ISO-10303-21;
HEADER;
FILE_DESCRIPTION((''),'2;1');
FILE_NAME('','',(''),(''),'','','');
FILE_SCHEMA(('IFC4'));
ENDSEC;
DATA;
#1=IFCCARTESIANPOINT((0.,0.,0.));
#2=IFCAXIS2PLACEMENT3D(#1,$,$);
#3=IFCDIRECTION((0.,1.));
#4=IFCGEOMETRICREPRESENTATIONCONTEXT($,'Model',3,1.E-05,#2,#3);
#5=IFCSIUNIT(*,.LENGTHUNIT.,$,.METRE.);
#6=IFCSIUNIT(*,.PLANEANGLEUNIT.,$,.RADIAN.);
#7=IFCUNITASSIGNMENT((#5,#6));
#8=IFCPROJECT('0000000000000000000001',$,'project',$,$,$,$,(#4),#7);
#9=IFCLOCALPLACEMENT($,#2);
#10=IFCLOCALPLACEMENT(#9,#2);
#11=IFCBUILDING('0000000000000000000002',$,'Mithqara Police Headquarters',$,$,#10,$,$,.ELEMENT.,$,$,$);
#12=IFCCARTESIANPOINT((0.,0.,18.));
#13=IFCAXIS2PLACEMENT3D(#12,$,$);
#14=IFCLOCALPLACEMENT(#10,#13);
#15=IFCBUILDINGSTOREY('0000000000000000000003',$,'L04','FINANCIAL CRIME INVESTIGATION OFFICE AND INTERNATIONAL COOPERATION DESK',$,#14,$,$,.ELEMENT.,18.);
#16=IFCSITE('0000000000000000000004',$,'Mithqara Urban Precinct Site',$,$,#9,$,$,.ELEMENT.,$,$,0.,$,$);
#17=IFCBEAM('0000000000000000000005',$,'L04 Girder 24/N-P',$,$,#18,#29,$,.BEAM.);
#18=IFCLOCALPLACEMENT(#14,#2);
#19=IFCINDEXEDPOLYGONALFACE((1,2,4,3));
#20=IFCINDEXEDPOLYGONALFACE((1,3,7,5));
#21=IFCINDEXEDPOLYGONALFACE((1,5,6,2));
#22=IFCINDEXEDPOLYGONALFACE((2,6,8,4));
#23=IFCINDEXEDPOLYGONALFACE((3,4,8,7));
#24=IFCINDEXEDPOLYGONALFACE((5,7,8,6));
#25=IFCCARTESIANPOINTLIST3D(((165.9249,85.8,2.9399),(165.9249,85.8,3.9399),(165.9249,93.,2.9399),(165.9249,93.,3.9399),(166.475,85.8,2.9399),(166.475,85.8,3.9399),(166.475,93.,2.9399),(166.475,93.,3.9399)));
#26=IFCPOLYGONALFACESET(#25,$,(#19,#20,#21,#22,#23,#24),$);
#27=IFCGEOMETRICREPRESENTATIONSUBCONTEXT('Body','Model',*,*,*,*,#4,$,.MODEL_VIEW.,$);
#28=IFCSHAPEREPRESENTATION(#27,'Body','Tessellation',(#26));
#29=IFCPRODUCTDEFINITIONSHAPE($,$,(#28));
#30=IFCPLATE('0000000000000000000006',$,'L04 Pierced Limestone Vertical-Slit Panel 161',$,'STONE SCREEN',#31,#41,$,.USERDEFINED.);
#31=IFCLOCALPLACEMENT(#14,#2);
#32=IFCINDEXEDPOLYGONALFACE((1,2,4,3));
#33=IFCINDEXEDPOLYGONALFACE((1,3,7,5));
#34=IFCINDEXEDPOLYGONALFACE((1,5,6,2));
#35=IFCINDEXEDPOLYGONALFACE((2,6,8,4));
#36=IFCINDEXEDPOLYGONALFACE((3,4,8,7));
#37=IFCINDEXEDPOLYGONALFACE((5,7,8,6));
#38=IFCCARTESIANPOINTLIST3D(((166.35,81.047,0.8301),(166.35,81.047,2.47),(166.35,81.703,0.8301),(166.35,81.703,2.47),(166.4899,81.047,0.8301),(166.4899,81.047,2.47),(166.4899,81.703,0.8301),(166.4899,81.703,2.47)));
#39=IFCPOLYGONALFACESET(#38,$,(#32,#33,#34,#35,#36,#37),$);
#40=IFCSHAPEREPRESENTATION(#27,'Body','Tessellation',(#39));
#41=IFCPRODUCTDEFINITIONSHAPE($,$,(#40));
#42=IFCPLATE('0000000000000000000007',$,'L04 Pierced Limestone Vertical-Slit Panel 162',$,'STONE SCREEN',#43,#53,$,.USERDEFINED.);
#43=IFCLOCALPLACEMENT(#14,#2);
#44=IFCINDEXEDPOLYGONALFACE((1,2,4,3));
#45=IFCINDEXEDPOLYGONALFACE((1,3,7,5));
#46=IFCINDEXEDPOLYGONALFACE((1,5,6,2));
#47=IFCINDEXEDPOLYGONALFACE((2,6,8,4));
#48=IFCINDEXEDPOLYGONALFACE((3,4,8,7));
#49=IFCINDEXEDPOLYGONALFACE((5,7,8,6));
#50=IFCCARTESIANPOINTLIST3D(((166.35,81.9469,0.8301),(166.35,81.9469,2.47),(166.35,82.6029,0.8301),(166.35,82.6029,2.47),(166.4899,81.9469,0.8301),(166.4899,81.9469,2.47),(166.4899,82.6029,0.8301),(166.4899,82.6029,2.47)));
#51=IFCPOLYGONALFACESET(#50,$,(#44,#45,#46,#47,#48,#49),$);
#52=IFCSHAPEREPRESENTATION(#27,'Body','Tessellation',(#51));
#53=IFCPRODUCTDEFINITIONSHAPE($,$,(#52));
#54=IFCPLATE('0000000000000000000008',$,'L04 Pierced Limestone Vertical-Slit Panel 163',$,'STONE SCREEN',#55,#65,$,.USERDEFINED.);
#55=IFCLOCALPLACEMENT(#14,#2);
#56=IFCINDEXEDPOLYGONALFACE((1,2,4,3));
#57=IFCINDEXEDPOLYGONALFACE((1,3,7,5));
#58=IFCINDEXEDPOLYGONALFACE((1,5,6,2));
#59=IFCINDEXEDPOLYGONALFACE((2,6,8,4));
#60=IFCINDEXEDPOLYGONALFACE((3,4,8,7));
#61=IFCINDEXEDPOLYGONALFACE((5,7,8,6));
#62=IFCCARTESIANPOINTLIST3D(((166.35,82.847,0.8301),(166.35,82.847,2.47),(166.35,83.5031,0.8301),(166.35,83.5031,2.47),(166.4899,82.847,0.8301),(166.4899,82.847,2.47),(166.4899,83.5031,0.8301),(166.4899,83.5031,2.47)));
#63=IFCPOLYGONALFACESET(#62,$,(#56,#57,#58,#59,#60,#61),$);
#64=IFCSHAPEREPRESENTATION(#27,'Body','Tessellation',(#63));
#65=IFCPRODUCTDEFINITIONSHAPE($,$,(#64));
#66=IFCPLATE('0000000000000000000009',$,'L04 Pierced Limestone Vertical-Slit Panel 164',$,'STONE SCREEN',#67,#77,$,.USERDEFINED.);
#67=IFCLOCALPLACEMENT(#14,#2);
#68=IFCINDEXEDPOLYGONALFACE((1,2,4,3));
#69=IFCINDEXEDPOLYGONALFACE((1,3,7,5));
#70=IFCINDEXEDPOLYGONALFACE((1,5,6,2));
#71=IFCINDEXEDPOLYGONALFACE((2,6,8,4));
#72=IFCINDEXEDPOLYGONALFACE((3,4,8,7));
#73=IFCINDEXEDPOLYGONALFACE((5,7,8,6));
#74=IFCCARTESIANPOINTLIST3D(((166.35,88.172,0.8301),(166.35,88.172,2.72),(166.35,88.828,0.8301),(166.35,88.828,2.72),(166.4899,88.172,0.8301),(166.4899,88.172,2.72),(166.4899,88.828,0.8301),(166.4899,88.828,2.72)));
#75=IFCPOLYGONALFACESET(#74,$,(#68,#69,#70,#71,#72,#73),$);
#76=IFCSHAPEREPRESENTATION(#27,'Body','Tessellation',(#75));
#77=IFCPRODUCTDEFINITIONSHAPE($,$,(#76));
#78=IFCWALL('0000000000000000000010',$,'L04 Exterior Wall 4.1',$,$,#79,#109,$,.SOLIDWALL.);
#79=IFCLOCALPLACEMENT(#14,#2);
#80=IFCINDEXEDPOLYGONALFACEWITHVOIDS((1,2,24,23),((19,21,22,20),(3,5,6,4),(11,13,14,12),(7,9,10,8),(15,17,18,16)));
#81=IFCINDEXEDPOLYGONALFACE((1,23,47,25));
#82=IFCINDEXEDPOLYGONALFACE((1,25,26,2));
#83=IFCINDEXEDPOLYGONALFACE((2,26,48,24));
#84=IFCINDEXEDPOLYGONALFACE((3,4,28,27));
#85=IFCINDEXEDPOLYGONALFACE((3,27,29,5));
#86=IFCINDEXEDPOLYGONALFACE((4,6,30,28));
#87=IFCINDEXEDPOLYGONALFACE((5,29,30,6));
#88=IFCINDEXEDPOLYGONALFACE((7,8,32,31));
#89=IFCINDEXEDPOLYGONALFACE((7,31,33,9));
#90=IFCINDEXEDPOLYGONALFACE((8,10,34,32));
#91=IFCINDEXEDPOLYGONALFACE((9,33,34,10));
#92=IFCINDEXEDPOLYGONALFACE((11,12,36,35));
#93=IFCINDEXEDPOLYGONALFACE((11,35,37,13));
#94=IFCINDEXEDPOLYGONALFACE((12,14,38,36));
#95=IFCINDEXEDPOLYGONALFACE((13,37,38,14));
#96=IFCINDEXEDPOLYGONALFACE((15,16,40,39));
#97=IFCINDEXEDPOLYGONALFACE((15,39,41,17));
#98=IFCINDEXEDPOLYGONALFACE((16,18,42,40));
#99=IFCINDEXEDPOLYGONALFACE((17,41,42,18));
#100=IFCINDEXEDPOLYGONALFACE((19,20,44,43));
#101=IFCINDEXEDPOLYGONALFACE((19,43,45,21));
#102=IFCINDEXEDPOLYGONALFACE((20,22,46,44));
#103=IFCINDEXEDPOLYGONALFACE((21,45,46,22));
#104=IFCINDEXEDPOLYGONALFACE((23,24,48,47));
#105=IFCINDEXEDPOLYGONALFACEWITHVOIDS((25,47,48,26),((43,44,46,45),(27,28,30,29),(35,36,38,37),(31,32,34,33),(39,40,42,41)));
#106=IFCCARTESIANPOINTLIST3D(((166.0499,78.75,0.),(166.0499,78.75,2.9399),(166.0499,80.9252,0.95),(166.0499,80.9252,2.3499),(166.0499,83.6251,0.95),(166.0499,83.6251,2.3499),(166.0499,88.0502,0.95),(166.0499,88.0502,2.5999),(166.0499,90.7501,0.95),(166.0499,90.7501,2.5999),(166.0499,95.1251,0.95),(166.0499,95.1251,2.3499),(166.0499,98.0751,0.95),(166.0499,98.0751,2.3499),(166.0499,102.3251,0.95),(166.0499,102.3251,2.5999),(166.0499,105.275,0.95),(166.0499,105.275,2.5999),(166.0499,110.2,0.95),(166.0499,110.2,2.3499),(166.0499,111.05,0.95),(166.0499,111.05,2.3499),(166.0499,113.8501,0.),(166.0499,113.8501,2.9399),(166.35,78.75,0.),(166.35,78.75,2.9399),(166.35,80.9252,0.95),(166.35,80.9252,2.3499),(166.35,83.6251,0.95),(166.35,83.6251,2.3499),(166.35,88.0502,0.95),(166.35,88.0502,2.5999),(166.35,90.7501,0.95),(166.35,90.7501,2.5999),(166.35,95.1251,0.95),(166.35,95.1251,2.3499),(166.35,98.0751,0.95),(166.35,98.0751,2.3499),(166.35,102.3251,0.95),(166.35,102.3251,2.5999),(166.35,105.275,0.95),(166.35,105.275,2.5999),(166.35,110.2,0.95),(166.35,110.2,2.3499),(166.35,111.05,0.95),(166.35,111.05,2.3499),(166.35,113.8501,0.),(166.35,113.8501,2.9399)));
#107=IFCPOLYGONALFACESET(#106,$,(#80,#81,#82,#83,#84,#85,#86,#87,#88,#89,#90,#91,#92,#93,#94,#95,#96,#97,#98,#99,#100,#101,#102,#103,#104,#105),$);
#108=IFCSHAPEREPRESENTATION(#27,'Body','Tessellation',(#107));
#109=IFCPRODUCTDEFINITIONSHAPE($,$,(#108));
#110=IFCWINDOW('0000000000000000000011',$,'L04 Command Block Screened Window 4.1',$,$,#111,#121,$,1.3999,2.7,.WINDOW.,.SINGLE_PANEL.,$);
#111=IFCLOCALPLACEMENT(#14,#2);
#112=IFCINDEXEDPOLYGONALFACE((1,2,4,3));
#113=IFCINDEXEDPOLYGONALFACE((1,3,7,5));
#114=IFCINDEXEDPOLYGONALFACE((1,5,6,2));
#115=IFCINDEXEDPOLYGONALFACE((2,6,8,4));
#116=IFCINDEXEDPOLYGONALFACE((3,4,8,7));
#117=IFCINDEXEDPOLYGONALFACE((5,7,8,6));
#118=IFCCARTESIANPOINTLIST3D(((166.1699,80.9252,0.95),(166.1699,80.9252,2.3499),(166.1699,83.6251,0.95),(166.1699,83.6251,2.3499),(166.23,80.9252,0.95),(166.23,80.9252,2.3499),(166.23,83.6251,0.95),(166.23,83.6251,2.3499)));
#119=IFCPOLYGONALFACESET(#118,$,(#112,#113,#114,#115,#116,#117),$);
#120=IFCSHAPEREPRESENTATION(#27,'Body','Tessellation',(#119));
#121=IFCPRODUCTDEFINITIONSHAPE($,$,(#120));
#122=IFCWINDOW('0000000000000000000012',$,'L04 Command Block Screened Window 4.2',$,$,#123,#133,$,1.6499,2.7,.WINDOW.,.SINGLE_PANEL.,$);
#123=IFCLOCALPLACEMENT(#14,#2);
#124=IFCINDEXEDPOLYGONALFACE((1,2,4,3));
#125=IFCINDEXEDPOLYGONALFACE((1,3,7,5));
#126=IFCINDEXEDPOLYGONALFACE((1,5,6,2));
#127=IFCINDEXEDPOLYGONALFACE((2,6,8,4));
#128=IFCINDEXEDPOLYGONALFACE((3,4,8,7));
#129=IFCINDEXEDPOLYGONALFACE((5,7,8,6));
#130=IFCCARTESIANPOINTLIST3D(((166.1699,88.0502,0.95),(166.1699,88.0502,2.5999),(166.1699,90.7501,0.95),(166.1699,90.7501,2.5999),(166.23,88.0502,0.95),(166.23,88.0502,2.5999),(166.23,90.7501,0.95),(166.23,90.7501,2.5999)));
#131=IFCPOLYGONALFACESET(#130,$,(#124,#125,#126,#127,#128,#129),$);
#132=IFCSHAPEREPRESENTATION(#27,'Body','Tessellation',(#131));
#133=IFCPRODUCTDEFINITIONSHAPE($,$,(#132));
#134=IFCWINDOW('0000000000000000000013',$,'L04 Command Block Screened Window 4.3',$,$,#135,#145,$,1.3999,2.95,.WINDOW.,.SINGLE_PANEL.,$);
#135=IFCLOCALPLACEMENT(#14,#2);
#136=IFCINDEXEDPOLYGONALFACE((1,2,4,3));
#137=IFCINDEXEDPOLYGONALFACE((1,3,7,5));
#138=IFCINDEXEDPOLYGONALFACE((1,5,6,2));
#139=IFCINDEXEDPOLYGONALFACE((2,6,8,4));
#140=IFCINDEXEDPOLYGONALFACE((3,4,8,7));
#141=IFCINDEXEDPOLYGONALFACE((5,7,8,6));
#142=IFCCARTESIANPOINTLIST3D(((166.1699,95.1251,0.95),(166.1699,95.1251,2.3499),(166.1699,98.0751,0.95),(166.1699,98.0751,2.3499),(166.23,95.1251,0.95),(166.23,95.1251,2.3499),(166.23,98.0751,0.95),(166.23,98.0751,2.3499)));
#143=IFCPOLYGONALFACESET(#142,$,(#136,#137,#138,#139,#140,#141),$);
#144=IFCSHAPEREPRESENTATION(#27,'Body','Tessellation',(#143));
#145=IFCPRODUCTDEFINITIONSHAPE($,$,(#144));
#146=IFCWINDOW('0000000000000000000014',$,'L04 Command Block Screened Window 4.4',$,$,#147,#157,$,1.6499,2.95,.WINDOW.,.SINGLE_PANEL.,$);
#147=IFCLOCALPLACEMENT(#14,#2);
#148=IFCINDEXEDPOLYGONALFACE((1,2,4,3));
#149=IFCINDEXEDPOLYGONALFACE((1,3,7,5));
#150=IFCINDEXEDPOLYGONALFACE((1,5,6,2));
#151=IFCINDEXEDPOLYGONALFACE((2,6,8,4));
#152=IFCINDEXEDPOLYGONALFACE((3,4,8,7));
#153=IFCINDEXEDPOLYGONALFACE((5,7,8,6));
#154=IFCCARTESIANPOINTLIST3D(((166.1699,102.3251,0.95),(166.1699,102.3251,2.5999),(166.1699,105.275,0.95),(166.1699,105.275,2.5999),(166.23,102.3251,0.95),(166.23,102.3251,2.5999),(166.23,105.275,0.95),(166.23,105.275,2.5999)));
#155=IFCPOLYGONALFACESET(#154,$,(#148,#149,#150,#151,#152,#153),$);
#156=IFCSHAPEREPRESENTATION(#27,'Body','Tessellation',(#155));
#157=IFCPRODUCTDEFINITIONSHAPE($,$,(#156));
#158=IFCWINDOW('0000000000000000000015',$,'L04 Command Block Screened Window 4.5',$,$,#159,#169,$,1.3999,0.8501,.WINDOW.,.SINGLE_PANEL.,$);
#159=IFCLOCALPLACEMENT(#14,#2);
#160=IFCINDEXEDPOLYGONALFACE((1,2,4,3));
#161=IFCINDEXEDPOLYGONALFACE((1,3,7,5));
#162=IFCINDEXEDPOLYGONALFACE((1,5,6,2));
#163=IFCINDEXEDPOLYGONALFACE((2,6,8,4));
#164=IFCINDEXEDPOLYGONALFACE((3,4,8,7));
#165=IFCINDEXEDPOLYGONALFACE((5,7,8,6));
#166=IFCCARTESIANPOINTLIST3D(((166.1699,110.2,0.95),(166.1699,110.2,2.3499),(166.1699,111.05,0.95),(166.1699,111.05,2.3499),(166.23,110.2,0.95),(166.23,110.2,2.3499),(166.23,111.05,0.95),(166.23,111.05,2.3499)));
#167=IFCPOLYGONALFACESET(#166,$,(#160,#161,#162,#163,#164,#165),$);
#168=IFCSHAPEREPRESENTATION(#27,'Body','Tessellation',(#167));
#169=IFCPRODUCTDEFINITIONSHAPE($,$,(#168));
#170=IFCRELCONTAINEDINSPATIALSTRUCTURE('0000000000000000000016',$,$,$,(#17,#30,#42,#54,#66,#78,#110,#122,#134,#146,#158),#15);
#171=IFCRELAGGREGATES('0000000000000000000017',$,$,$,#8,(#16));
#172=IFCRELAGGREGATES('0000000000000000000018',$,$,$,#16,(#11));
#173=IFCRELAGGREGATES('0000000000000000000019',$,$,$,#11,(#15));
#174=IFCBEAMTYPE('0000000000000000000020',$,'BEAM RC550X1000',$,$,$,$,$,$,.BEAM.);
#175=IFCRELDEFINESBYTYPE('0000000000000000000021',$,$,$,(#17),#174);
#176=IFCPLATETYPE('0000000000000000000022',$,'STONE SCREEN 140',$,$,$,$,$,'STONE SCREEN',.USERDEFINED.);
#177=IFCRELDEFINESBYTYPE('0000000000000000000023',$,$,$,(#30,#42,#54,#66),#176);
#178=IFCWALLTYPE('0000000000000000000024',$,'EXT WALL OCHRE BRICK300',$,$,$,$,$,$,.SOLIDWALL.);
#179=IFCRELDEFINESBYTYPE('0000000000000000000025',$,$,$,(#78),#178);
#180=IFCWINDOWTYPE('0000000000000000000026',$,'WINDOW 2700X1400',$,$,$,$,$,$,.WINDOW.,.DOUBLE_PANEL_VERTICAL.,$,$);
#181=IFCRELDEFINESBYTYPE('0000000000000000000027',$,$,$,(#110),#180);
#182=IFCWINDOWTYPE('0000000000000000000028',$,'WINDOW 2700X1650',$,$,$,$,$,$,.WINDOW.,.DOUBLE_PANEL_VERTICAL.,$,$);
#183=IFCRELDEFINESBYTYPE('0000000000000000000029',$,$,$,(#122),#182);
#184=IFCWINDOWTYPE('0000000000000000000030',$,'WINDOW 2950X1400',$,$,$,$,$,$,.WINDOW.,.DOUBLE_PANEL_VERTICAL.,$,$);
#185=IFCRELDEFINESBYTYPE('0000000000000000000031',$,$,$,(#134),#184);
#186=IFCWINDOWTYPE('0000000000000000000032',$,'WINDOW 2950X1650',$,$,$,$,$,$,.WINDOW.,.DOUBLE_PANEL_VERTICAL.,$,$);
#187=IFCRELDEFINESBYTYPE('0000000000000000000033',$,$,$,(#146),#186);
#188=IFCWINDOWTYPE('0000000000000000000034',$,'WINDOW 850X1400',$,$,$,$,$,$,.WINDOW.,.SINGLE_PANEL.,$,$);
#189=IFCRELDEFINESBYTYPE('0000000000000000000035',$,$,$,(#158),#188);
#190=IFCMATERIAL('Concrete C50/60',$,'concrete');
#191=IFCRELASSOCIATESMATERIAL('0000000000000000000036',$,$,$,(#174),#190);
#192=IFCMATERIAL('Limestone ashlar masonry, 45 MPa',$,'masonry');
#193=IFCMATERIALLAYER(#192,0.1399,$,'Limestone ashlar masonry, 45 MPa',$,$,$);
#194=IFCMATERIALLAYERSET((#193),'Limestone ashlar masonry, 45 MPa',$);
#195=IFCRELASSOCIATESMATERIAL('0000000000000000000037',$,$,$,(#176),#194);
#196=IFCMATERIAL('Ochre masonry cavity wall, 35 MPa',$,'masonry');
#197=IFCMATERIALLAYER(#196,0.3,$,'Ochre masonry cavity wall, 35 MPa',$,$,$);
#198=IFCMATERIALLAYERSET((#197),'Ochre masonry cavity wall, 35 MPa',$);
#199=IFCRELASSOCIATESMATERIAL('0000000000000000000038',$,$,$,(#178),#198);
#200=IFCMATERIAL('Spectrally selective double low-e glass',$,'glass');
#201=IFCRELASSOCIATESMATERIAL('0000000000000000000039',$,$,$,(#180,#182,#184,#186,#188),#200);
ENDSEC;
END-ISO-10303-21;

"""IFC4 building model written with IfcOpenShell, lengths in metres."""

from ifc_helpers import new_model, si_unit, direction, frame, frame_2d, origin, origin_2d, place, context, subcontext, project, spatial, rectangle, extrude, material, layer, layer_set, material_profile, profile_set, type_object, element, fill, save


model = new_model("IFC4")

# Units and contexts
model_context = context("Model", 3, precision=1e-05, world=origin(), true_north=direction((0.0, 1.0)))
body_context = subcontext(model_context, "Body", "Model", "MODEL_VIEW")
ifc_project = project(units=[si_unit("LENGTHUNIT", "METRE"), si_unit("PLANEANGLEUNIT", "RADIAN")], contexts=[model_context])

# Site, building, storey
site_placement = place(None, origin())
site = spatial("IfcSite", under=ifc_project, at=site_placement, Name="Mithqara Urban Precinct Site", CompositionType="ELEMENT", RefElevation=0.0)
building_placement = place(site_placement, origin())
building = spatial("IfcBuilding", under=site, at=building_placement, Name="Mithqara Police Headquarters", CompositionType="ELEMENT")
storey_placement = place(building_placement, frame((0.0, 0.0, 18.0)))
storey = spatial("IfcBuildingStorey", under=building, at=storey_placement, Name="L04", Description="FINANCIAL CRIME INVESTIGATION OFFICE AND INTERNATIONAL COOPERATION DESK", CompositionType="ELEMENT", Elevation=18.0)

# Shared definitions
ifc_material_1 = material(Name="Concrete C50/60", Category="concrete")

# Beam
ifc_material_profile_1 = material_profile(ifc_material_1, rectangle(XDim=0.55, YDim=1.0, at=origin_2d()), Name="RC 550x1000")
ifc_profile_set_1 = profile_set([ifc_material_profile_1], Name="Concrete C50/60")
beam_type_1 = type_object("IfcBeamType", Name="BEAM RC550X1000", PredefinedType="BEAM", material=ifc_profile_set_1)
beam_1_placement = place(storey_placement, frame((166.2, 85.8, 3.4399), z_axis=(0.0, 1.0, 0.0), x_axis=(-1.0, 0.0, 0.0)))
element("IfcBeam", 1, at=beam_1_placement, inside=storey, type_object=beam_type_1, Name="L04 Girder 24/N-P", PredefinedType="BEAM", context=body_context, shape_type="SweptSolid", body=[
    extrude(rectangle(XDim=0.55, YDim=1.0, at=origin_2d()), origin(), (0.0, 0.0, 1.0), 7.2),
])

# Plates
ifc_material_2 = material(Name="Limestone ashlar masonry, 45 MPa", Category="masonry")
ifc_layer_1 = layer(ifc_material_2, 0.1399, Name="Limestone ashlar masonry, 45 MPa")
ifc_layer_set_1 = layer_set([ifc_layer_1], Name="Limestone ashlar masonry, 45 MPa")
plate_type = type_object("IfcPlateType", Name="STONE SCREEN 140", ElementType="STONE SCREEN", PredefinedType="USERDEFINED", material=ifc_layer_set_1)
for number, where, z_axis, x_axis, name in (
    (2, (166.4199, 81.375, 0.8301), (0.0, 0.0, 1.0), (0.0, 1.0, 0.0), "L04 Pierced Limestone Vertical-Slit Panel 161"),
    (3, (166.4199, 82.2749, 0.8301), (0.0, 0.0, 1.0), (0.0, 1.0, 0.0), "L04 Pierced Limestone Vertical-Slit Panel 162"),
    (4, (166.4199, 83.175, 0.8301), (0.0, 0.0, 1.0), (0.0, 1.0, 0.0), "L04 Pierced Limestone Vertical-Slit Panel 163"),
):
    element("IfcPlate", number, at=place(storey_placement, frame(where, z_axis=z_axis, x_axis=x_axis)), inside=storey, type_object=plate_type, Name=name, ObjectType="STONE SCREEN", PredefinedType="USERDEFINED", context=body_context, shape_type="SweptSolid", body=[
        extrude(rectangle(XDim=0.656, YDim=0.1399, at=origin_2d()), origin(), (0.0, 0.0, 1.0), 1.6399),
    ])
plate_placement = place(storey_placement, frame((166.4199, 88.5, 0.8301), z_axis=(0.0, 0.0, 1.0), x_axis=(0.0, 1.0, 0.0)))
element("IfcPlate", 5, at=plate_placement, inside=storey, type_object=plate_type, Name="L04 Pierced Limestone Vertical-Slit Panel 164", ObjectType="STONE SCREEN", PredefinedType="USERDEFINED", context=body_context, shape_type="SweptSolid", body=[
    extrude(rectangle(XDim=0.656, YDim=0.1399, at=origin_2d()), origin(), (0.0, 0.0, 1.0), 1.8899),
])

# Wall, openings, windows
ifc_material_3 = material(Name="Ochre masonry cavity wall, 35 MPa", Category="masonry")
ifc_layer_2 = layer(ifc_material_3, 0.3, Name="Ochre masonry cavity wall, 35 MPa")
ifc_layer_set_2 = layer_set([ifc_layer_2], Name="Ochre masonry cavity wall, 35 MPa")
wall_type = type_object("IfcWallType", Name="EXT WALL OCHRE BRICK300", PredefinedType="SOLIDWALL", material=ifc_layer_set_2)
wall_placement = place(storey_placement, frame((166.2, 78.75, 0.0), z_axis=(0.0, 0.0, 1.0), x_axis=(0.0, 1.0, 0.0)))
wall = element("IfcWall", 6, at=wall_placement, inside=storey, type_object=wall_type, Name="L04 Exterior Wall 4.1", PredefinedType="SOLIDWALL", context=body_context, shape_type="SweptSolid", body=[
    extrude(rectangle(XDim=35.1001, YDim=0.3, at=frame_2d((17.55, 0.0))), origin(), (0.0, 0.0, 1.0), 2.9399),
])
opening_1_placement = place(wall_placement, frame((2.175, 0.0, 0.95)))
opening_1 = element("IfcOpeningElement", 7, at=opening_1_placement, cuts=wall, PredefinedType="OPENING", context=body_context, shape_type="SweptSolid", body=[
    extrude(rectangle(XDim=2.7, YDim=1.3999, at=frame_2d((1.3501, 0.7))), frame((0.0, 0.1602, 0.0), z_axis=(0.0, -1.0, 0.0), x_axis=(1.0, 0.0, 0.0)), (0.0, 0.0, 1.0), 0.3201),
])
opening_2_placement = place(wall_placement, frame((9.3, 0.0, 0.95)))
opening_2 = element("IfcOpeningElement", 8, at=opening_2_placement, cuts=wall, PredefinedType="OPENING", context=body_context, shape_type="SweptSolid", body=[
    extrude(rectangle(XDim=2.7, YDim=1.6499, at=frame_2d((1.3501, 0.825))), frame((0.0, 0.1602, 0.0), z_axis=(0.0, -1.0, 0.0), x_axis=(1.0, 0.0, 0.0)), (0.0, 0.0, 1.0), 0.3201),
])
opening_3_placement = place(wall_placement, frame((16.375, 0.0, 0.95)))
opening_3 = element("IfcOpeningElement", 9, at=opening_3_placement, cuts=wall, PredefinedType="OPENING", context=body_context, shape_type="SweptSolid", body=[
    extrude(rectangle(XDim=2.95, YDim=1.3999, at=frame_2d((1.4751, 0.7))), frame((0.0, 0.1602, 0.0), z_axis=(0.0, -1.0, 0.0), x_axis=(1.0, 0.0, 0.0)), (0.0, 0.0, 1.0), 0.3201),
])
opening_4_placement = place(wall_placement, frame((23.575, 0.0, 0.95)))
opening_4 = element("IfcOpeningElement", 10, at=opening_4_placement, cuts=wall, PredefinedType="OPENING", context=body_context, shape_type="SweptSolid", body=[
    extrude(rectangle(XDim=2.95, YDim=1.6499, at=frame_2d((1.4751, 0.825))), frame((0.0, 0.1602, 0.0), z_axis=(0.0, -1.0, 0.0), x_axis=(1.0, 0.0, 0.0)), (0.0, 0.0, 1.0), 0.3201),
])
opening_5_placement = place(wall_placement, frame((31.45, 0.0, 0.95)))
opening_5 = element("IfcOpeningElement", 11, at=opening_5_placement, cuts=wall, PredefinedType="OPENING", context=body_context, shape_type="SweptSolid", body=[
    extrude(rectangle(XDim=0.8501, YDim=1.3999, at=frame_2d((0.425, 0.7))), frame((0.0, 0.1602, 0.0), z_axis=(0.0, -1.0, 0.0), x_axis=(1.0, 0.0, 0.0)), (0.0, 0.0, 1.0), 0.3201),
])
ifc_material_4 = material(Name="Spectrally selective double low-e glass", Category="glass")
window_type_1 = type_object("IfcWindowType", Name="WINDOW 2700X1400", PartitioningType="DOUBLE_PANEL_VERTICAL", PredefinedType="WINDOW", material=ifc_material_4)
window_1_placement = place(opening_1_placement, origin())
window_1 = element("IfcWindow", 12, at=window_1_placement, inside=storey, type_object=window_type_1, Name="L04 Command Block Screened Window 4.1", OverallHeight=1.3999, OverallWidth=2.7, PartitioningType="SINGLE_PANEL", PredefinedType="WINDOW", context=body_context, shape_type="SweptSolid", body=[
    extrude(rectangle(XDim=2.7, YDim=1.3999, at=frame_2d((1.3501, 0.7))), frame((0.0, 0.03, 0.0), z_axis=(0.0, -1.0, 0.0), x_axis=(1.0, 0.0, 0.0)), (0.0, 0.0, 1.0), 0.0601),
])
fill(opening_1, window_1)
window_type_2 = type_object("IfcWindowType", Name="WINDOW 2700X1650", PartitioningType="DOUBLE_PANEL_VERTICAL", PredefinedType="WINDOW", material=ifc_material_4)
window_2_placement = place(opening_2_placement, origin())
window_2 = element("IfcWindow", 13, at=window_2_placement, inside=storey, type_object=window_type_2, Name="L04 Command Block Screened Window 4.2", OverallHeight=1.6499, OverallWidth=2.7, PartitioningType="SINGLE_PANEL", PredefinedType="WINDOW", context=body_context, shape_type="SweptSolid", body=[
    extrude(rectangle(XDim=2.7, YDim=1.6499, at=frame_2d((1.3501, 0.825))), frame((0.0, 0.03, 0.0), z_axis=(0.0, -1.0, 0.0), x_axis=(1.0, 0.0, 0.0)), (0.0, 0.0, 1.0), 0.0601),
])
fill(opening_2, window_2)
window_type_3 = type_object("IfcWindowType", Name="WINDOW 2950X1400", PartitioningType="DOUBLE_PANEL_VERTICAL", PredefinedType="WINDOW", material=ifc_material_4)
window_3_placement = place(opening_3_placement, origin())
window_3 = element("IfcWindow", 14, at=window_3_placement, inside=storey, type_object=window_type_3, Name="L04 Command Block Screened Window 4.3", OverallHeight=1.3999, OverallWidth=2.95, PartitioningType="SINGLE_PANEL", PredefinedType="WINDOW", context=body_context, shape_type="SweptSolid", body=[
    extrude(rectangle(XDim=2.95, YDim=1.3999, at=frame_2d((1.4751, 0.7))), frame((0.0, 0.03, 0.0), z_axis=(0.0, -1.0, 0.0), x_axis=(1.0, 0.0, 0.0)), (0.0, 0.0, 1.0), 0.0601),
])
fill(opening_3, window_3)
window_type_4 = type_object("IfcWindowType", Name="WINDOW 2950X1650", PartitioningType="DOUBLE_PANEL_VERTICAL", PredefinedType="WINDOW", material=ifc_material_4)
window_4_placement = place(opening_4_placement, origin())
window_4 = element("IfcWindow", 15, at=window_4_placement, inside=storey, type_object=window_type_4, Name="L04 Command Block Screened Window 4.4", OverallHeight=1.6499, OverallWidth=2.95, PartitioningType="SINGLE_PANEL", PredefinedType="WINDOW", context=body_context, shape_type="SweptSolid", body=[
    extrude(rectangle(XDim=2.95, YDim=1.6499, at=frame_2d((1.4751, 0.825))), frame((0.0, 0.03, 0.0), z_axis=(0.0, -1.0, 0.0), x_axis=(1.0, 0.0, 0.0)), (0.0, 0.0, 1.0), 0.0601),
])
fill(opening_4, window_4)
window_type_5 = type_object("IfcWindowType", Name="WINDOW 850X1400", PartitioningType="SINGLE_PANEL", PredefinedType="WINDOW", material=ifc_material_4)
window_5_placement = place(opening_5_placement, origin())
window_5 = element("IfcWindow", 16, at=window_5_placement, inside=storey, type_object=window_type_5, Name="L04 Command Block Screened Window 4.5", OverallHeight=1.3999, OverallWidth=0.8501, PartitioningType="SINGLE_PANEL", PredefinedType="WINDOW", context=body_context, shape_type="SweptSolid", body=[
    extrude(rectangle(XDim=0.8501, YDim=1.3999, at=frame_2d((0.425, 0.7))), frame((0.0, 0.03, 0.0), z_axis=(0.0, -1.0, 0.0), x_axis=(1.0, 0.0, 0.0)), (0.0, 0.0, 1.0), 0.0601),
])
fill(opening_5, window_5)

save(model, "model.ifc")
